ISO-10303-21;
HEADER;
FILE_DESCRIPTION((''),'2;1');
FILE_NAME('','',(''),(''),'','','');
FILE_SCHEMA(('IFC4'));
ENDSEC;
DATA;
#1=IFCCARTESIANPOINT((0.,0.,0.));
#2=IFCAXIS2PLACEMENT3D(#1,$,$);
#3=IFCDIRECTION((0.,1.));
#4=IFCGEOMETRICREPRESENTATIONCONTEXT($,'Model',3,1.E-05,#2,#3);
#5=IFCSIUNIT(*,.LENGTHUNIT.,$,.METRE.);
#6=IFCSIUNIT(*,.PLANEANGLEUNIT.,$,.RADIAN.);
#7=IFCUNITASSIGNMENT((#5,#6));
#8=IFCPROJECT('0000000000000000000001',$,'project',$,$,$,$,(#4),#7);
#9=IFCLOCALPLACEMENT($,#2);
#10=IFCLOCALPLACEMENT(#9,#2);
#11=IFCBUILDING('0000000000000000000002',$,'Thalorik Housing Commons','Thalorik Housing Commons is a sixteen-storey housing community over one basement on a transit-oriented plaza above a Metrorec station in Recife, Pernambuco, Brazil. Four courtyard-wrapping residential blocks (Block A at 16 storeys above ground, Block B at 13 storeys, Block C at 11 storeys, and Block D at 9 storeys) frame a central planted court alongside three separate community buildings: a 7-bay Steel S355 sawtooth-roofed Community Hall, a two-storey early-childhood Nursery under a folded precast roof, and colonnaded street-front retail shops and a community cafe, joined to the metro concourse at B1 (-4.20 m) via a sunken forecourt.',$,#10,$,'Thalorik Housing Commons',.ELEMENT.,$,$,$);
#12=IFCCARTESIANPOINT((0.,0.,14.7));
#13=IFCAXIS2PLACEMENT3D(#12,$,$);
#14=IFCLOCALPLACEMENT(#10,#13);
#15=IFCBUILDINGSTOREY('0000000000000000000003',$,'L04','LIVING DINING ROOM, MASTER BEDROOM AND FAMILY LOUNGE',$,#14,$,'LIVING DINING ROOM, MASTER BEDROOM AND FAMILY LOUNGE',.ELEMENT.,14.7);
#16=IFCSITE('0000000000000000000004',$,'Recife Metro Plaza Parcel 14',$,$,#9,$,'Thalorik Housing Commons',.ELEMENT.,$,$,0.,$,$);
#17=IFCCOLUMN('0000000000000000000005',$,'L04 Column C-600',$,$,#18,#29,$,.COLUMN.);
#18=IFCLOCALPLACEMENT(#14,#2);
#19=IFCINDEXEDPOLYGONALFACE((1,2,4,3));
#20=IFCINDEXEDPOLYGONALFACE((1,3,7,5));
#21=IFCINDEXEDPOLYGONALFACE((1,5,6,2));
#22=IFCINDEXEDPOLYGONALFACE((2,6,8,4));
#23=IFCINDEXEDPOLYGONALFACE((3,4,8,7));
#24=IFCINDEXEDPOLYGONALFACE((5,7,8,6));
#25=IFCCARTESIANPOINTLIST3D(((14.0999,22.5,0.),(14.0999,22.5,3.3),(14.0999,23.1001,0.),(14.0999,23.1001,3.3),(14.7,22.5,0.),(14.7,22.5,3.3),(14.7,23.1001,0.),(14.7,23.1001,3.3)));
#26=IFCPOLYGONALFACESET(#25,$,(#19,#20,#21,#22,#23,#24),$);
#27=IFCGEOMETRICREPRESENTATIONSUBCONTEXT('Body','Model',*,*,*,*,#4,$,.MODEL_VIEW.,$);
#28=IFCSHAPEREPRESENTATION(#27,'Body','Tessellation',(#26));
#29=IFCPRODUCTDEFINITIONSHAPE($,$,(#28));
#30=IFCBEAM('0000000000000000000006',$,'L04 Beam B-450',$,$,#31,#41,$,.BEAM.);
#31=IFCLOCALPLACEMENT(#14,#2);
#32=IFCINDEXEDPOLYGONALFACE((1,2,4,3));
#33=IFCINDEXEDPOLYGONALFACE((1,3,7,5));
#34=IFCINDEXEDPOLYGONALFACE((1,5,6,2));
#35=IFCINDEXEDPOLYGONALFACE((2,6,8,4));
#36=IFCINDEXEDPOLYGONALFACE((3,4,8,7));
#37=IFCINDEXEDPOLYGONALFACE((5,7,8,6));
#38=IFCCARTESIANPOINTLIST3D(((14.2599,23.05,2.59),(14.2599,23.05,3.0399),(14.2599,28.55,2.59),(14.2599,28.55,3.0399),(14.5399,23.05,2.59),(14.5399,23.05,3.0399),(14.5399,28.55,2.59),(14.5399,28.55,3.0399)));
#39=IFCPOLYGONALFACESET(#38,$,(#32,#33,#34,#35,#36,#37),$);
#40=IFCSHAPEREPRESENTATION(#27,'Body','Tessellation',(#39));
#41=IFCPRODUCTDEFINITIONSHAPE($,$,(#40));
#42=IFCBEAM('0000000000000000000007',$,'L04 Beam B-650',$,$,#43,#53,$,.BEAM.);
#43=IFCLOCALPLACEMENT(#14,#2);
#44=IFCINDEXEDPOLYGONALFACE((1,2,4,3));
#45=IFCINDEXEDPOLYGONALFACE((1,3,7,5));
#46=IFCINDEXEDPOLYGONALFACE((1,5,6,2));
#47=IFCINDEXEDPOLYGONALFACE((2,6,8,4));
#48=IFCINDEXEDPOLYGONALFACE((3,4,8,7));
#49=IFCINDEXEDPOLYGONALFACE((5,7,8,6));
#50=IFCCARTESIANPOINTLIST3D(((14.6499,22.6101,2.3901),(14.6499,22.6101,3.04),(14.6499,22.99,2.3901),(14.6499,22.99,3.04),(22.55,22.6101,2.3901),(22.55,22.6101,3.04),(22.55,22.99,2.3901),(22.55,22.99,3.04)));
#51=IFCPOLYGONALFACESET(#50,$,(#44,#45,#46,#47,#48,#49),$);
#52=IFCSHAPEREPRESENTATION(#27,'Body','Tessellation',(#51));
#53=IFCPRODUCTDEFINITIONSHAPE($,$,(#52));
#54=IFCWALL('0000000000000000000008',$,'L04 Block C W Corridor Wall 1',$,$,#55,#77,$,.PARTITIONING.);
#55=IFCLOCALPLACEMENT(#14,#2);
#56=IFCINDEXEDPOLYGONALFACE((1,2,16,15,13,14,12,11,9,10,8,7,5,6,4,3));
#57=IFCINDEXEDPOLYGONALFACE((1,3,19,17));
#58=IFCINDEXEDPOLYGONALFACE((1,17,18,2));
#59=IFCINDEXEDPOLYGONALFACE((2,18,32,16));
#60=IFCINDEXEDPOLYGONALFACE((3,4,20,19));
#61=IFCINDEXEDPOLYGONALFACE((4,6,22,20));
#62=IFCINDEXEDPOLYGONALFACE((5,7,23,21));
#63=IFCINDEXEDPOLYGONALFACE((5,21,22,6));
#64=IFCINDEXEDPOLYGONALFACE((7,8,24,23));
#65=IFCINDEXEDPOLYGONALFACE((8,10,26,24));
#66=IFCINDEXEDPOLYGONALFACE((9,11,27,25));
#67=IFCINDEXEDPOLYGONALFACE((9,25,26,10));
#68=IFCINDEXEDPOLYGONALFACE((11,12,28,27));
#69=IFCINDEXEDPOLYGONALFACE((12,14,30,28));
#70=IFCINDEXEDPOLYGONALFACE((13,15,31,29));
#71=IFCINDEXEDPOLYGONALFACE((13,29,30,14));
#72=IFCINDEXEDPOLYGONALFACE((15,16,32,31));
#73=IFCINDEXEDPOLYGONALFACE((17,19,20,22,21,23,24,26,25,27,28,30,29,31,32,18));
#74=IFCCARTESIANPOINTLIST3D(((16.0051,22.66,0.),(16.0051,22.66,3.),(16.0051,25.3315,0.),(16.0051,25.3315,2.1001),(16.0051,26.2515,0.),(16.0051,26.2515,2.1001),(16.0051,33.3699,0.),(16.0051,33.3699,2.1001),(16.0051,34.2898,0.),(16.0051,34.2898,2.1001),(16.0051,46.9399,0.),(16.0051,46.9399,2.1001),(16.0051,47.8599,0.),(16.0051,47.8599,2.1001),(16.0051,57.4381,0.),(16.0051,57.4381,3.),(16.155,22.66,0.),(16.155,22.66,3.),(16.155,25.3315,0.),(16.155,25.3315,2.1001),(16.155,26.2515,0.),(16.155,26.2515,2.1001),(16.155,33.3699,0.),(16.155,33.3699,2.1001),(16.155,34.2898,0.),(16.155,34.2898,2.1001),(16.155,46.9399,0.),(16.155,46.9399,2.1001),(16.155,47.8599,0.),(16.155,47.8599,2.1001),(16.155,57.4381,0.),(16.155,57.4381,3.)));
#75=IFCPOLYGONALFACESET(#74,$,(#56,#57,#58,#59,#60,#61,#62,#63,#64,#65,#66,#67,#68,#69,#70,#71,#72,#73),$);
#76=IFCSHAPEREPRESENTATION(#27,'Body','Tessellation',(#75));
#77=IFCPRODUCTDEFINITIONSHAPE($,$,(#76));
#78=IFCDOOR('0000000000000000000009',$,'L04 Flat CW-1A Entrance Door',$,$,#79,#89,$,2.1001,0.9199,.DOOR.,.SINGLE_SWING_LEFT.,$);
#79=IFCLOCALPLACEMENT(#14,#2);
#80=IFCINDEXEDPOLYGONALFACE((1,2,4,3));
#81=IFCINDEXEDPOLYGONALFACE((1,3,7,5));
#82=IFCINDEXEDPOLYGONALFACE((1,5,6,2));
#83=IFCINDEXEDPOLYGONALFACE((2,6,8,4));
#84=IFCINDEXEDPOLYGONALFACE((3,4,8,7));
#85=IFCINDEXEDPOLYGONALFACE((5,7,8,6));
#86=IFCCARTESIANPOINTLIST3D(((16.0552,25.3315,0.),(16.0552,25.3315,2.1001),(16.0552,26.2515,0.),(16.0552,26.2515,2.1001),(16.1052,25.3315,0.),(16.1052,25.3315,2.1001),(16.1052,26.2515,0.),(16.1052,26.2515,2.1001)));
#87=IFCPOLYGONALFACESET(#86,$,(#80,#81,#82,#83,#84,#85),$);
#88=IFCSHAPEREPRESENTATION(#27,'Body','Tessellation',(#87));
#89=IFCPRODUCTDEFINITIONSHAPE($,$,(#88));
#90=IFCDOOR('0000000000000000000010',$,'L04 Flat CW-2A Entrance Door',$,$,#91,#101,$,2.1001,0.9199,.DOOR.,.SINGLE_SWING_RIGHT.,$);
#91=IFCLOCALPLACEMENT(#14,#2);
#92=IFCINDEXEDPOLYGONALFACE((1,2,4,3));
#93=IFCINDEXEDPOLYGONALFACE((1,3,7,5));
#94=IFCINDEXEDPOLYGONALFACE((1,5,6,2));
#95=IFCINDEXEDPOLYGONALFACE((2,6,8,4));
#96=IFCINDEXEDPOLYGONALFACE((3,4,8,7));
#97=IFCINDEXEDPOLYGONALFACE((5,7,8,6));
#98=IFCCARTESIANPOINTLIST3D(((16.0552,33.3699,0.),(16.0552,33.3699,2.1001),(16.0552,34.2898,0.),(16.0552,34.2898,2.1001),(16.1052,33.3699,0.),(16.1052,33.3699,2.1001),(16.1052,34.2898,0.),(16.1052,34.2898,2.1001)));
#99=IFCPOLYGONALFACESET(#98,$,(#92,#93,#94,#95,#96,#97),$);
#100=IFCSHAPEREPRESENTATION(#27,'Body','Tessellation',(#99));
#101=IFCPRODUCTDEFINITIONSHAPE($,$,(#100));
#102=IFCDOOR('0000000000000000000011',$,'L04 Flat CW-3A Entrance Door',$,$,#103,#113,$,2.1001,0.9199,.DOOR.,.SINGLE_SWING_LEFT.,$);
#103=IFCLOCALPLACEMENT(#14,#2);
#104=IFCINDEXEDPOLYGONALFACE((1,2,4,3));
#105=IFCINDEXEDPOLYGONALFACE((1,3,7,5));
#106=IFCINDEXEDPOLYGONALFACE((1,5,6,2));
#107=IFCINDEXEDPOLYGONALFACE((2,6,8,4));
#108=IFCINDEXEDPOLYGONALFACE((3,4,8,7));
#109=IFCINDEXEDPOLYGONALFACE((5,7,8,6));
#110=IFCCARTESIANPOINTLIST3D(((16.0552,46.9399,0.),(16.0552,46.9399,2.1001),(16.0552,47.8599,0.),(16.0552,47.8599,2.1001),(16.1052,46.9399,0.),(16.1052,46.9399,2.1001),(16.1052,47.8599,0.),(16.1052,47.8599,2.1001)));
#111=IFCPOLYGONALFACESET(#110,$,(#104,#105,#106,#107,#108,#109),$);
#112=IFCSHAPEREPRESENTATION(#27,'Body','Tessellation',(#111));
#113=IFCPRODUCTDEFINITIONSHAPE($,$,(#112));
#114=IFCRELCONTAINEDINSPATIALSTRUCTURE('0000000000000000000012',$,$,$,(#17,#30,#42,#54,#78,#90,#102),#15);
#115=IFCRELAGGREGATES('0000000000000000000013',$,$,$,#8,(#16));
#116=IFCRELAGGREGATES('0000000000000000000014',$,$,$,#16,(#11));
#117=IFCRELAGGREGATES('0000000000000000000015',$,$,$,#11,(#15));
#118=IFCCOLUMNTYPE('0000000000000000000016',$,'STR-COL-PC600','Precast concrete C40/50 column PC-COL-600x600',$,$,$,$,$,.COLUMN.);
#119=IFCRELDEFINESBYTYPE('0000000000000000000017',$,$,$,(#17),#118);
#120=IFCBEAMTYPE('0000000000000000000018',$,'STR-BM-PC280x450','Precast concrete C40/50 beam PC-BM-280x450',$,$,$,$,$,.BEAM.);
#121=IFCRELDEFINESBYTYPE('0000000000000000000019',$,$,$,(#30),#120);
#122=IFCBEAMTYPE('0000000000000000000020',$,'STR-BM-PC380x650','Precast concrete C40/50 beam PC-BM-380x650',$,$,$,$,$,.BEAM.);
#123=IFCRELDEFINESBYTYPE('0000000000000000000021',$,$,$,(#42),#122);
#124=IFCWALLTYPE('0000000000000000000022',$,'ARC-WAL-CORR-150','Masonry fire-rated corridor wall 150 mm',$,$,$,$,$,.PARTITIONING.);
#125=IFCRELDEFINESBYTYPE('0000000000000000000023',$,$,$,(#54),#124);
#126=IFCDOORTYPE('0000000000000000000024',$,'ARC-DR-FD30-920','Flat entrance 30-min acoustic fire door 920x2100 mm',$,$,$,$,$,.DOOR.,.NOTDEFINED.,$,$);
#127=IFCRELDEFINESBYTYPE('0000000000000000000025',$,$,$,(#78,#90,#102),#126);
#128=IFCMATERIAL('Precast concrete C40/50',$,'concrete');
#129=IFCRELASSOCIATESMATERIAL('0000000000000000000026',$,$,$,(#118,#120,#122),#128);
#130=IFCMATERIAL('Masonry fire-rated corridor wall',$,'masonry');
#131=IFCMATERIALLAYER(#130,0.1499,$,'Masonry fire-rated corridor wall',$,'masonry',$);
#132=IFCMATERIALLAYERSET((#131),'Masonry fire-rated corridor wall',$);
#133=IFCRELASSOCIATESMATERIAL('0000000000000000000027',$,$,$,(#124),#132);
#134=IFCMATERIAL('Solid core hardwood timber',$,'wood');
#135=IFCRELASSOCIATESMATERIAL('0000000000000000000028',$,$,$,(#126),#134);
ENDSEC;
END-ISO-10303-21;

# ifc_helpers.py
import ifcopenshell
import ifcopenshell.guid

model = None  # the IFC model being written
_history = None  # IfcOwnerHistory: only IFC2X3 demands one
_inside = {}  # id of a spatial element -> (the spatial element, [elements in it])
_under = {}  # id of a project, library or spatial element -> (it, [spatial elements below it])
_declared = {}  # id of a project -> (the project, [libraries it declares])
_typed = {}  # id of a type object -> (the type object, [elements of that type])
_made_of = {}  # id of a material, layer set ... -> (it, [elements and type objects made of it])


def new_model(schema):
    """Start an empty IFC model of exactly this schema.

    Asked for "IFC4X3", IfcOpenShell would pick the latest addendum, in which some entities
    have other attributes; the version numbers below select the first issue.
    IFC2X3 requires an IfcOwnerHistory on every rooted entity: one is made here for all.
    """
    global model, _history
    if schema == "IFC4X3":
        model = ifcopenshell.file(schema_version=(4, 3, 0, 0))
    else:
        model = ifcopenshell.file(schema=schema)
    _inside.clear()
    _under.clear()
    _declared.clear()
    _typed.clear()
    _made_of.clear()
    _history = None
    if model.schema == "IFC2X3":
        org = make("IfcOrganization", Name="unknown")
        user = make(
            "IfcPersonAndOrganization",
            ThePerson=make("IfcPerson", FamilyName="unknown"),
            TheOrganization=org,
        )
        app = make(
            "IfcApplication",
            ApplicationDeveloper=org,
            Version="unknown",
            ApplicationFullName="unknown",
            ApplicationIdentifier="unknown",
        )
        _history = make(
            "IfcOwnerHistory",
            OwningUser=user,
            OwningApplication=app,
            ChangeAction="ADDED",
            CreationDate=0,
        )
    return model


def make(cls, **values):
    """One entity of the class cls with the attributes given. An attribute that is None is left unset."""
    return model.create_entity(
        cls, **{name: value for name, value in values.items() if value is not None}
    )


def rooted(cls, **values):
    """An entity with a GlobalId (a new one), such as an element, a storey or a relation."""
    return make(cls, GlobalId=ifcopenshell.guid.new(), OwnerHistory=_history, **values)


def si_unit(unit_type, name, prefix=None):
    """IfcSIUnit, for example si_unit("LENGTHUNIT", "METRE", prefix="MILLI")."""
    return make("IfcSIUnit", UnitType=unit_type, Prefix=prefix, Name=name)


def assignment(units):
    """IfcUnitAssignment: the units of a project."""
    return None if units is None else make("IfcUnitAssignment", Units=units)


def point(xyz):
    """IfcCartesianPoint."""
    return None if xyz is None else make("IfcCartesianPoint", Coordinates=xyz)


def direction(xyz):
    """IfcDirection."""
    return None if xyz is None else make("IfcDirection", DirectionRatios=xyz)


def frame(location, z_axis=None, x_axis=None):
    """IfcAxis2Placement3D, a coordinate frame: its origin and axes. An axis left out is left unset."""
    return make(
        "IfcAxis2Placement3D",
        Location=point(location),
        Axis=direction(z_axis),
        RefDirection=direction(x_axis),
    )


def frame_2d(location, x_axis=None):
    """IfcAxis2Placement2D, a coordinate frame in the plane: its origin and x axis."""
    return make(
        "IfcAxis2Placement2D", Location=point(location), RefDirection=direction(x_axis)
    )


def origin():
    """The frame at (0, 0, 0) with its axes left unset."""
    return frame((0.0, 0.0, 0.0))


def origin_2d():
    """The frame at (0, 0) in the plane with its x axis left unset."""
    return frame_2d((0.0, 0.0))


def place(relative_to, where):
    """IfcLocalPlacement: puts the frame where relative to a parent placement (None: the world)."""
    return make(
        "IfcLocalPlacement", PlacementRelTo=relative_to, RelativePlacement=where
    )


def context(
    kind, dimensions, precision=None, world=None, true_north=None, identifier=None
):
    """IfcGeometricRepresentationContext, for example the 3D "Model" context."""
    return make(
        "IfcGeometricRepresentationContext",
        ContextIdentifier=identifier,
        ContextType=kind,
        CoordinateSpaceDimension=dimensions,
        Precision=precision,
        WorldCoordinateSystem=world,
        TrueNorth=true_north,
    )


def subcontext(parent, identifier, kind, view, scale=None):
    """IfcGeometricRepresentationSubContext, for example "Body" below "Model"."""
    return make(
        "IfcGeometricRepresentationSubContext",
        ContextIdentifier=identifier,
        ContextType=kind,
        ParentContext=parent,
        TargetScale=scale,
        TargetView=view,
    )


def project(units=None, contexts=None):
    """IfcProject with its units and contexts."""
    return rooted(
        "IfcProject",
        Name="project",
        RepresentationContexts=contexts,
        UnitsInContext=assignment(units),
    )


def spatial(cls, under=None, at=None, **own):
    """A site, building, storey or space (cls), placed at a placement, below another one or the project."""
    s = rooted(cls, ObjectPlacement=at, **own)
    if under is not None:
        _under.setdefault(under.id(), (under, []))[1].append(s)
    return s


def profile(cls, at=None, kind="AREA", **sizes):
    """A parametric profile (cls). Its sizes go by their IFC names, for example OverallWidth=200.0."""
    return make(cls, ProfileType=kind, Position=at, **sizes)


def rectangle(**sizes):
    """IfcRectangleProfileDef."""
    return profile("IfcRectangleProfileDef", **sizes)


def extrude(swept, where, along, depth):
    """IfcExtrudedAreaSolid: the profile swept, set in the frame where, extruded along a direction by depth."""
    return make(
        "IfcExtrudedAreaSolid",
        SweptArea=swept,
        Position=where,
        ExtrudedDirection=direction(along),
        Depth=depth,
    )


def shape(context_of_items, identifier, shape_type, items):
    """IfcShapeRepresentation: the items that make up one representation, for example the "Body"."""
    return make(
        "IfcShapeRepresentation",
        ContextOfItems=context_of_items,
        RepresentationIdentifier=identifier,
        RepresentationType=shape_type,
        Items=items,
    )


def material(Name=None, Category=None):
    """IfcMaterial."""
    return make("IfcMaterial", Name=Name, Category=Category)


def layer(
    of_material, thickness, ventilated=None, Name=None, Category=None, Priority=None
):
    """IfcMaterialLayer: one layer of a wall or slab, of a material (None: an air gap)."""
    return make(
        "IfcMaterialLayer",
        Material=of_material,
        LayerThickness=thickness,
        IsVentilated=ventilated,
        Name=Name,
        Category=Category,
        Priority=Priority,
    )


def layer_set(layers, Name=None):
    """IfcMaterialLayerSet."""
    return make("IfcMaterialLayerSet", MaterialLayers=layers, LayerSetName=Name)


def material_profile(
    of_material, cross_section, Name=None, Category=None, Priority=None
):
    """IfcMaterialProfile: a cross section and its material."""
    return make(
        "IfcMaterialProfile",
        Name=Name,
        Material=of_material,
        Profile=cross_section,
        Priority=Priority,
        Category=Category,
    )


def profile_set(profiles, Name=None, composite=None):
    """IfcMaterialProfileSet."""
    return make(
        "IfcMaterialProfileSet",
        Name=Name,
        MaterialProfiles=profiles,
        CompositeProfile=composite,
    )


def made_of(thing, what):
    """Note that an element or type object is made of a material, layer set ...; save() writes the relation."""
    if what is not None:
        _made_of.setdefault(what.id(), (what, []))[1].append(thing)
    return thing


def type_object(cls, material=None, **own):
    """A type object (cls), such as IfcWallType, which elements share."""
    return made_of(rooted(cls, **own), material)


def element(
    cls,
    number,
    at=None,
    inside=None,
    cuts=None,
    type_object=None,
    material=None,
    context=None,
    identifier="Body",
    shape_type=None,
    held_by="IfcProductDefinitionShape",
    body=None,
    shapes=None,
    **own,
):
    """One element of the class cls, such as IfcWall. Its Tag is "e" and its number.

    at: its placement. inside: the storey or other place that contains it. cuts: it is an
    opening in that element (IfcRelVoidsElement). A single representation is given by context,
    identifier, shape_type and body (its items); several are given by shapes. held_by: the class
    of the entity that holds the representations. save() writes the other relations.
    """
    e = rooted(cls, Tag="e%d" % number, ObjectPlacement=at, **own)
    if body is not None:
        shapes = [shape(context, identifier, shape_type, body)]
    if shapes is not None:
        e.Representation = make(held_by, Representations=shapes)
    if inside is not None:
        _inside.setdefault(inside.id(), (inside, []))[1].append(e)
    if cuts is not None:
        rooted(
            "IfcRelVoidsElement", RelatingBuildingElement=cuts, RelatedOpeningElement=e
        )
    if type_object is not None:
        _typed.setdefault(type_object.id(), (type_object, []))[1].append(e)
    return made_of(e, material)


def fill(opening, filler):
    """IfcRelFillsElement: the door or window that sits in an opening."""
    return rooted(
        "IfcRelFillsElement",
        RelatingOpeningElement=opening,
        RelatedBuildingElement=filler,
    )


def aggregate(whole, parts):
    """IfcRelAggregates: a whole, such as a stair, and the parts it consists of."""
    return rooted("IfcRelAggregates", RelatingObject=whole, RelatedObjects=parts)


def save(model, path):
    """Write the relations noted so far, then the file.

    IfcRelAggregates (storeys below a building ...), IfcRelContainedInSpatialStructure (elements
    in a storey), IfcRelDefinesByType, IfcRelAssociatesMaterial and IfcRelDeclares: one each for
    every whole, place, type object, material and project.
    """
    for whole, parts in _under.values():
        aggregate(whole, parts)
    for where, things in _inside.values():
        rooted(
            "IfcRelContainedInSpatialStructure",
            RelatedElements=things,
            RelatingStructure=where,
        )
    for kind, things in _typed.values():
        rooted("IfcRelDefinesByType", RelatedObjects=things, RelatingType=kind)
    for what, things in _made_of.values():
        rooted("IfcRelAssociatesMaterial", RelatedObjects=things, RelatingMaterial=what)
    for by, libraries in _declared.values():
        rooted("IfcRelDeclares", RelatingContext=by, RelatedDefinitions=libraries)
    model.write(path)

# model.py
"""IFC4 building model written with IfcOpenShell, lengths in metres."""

from ifc_helpers import new_model, si_unit, direction, frame, frame_2d, origin, origin_2d, place, context, subcontext, project, spatial, rectangle, extrude, material, layer, layer_set, material_profile, profile_set, type_object, element, fill, save


model = new_model("IFC4")

# Units and contexts
model_context = context("Model", 3, precision=1e-05, world=origin(), true_north=direction((0.0, 1.0)))
body_context = subcontext(model_context, "Body", "Model", "MODEL_VIEW")
ifc_project = project(units=[si_unit("LENGTHUNIT", "METRE"), si_unit("PLANEANGLEUNIT", "RADIAN")], contexts=[model_context])

# Site, building, storey
site_placement = place(None, origin())
site = spatial("IfcSite", under=ifc_project, at=site_placement, Name="Recife Metro Plaza Parcel 14", LongName="Thalorik Housing Commons", CompositionType="ELEMENT", RefElevation=0.0)
building_placement = place(site_placement, origin())
building = spatial("IfcBuilding", under=site, at=building_placement, Name="Thalorik Housing Commons", Description="Thalorik Housing Commons is a sixteen-storey housing community over one basement on a transit-oriented plaza above a Metrorec station in Recife, Pernambuco, Brazil. Four courtyard-wrapping residential blocks (Block A at 16 storeys above ground, Block B at 13 storeys, Block C at 11 storeys, and Block D at 9 storeys) frame a central planted court alongside three separate community buildings: a 7-bay Steel S355 sawtooth-roofed Community Hall, a two-storey early-childhood Nursery under a folded precast roof, and colonnaded street-front retail shops and a community cafe, joined to the metro concourse at B1 (-4.20 m) via a sunken forecourt.", LongName="Thalorik Housing Commons", CompositionType="ELEMENT")
storey_placement = place(building_placement, frame((0.0, 0.0, 14.7)))
storey = spatial("IfcBuildingStorey", under=building, at=storey_placement, Name="L04", Description="LIVING DINING ROOM, MASTER BEDROOM AND FAMILY LOUNGE", LongName="LIVING DINING ROOM, MASTER BEDROOM AND FAMILY LOUNGE", CompositionType="ELEMENT", Elevation=14.7)

# Column
ifc_material_1 = material(Name="Precast concrete C40/50", Category="concrete")
ifc_material_profile_1 = material_profile(ifc_material_1, rectangle(XDim=0.6001, YDim=0.6001, at=origin_2d()), Name="PC 600x600", Category="concrete")
ifc_profile_set_1 = profile_set([ifc_material_profile_1], Name="Precast concrete C40/50")
column_type = type_object("IfcColumnType", Name="STR-COL-PC600", Description="Precast concrete C40/50 column PC-COL-600x600", PredefinedType="COLUMN", material=ifc_profile_set_1)
column_placement = place(storey_placement, frame((14.3999, 22.8, 0.0), z_axis=(0.0, 0.0, 1.0), x_axis=(1.0, 0.0, 0.0)))
element("IfcColumn", 1, at=column_placement, inside=storey, type_object=column_type, Name="L04 Column C-600", PredefinedType="COLUMN", context=body_context, shape_type="SweptSolid", body=[
    extrude(rectangle(XDim=0.6001, YDim=0.6001, at=origin_2d()), origin(), (0.0, 0.0, 1.0), 3.3),
])

# Beams
ifc_material_profile_2 = material_profile(ifc_material_1, rectangle(XDim=0.28, YDim=0.45, at=origin_2d()), Name="PC 280x450", Category="concrete")
ifc_profile_set_2 = profile_set([ifc_material_profile_2], Name="Precast concrete C40/50")
beam_type_1 = type_object("IfcBeamType", Name="STR-BM-PC280x450", Description="Precast concrete C40/50 beam PC-BM-280x450", PredefinedType="BEAM", material=ifc_profile_set_2)
beam_1_placement = place(storey_placement, frame((14.3999, 23.05, 2.8149), z_axis=(0.0, 1.0, 0.0), x_axis=(-1.0, 0.0, 0.0)))
element("IfcBeam", 2, at=beam_1_placement, inside=storey, type_object=beam_type_1, Name="L04 Beam B-450", PredefinedType="BEAM", context=body_context, shape_type="SweptSolid", body=[
    extrude(rectangle(XDim=0.28, YDim=0.45, at=origin_2d()), origin(), (0.0, 0.0, 1.0), 5.5),
])
ifc_material_profile_3 = material_profile(ifc_material_1, rectangle(XDim=0.3799, YDim=0.6499, at=origin_2d()), Name="PC 380x650", Category="concrete")
ifc_profile_set_3 = profile_set([ifc_material_profile_3], Name="Precast concrete C40/50")
beam_type_2 = type_object("IfcBeamType", Name="STR-BM-PC380x650", Description="Precast concrete C40/50 beam PC-BM-380x650", PredefinedType="BEAM", material=ifc_profile_set_3)
beam_2_placement = place(storey_placement, frame((14.6499, 22.8, 2.7151), z_axis=(1.0, 0.0, 0.0), x_axis=(0.0, 1.0, 0.0)))
element("IfcBeam", 3, at=beam_2_placement, inside=storey, type_object=beam_type_2, Name="L04 Beam B-650", PredefinedType="BEAM", context=body_context, shape_type="SweptSolid", body=[
    extrude(rectangle(XDim=0.3799, YDim=0.6499, at=origin_2d()), origin(), (0.0, 0.0, 1.0), 7.9001),
])

# Wall, openings, doors
ifc_material_2 = material(Name="Masonry fire-rated corridor wall", Category="masonry")
ifc_layer_1 = layer(ifc_material_2, 0.1499, Name="Masonry fire-rated corridor wall", Category="masonry")
ifc_layer_set_1 = layer_set([ifc_layer_1], Name="Masonry fire-rated corridor wall")
wall_type_1 = type_object("IfcWallType", Name="ARC-WAL-CORR-150", Description="Masonry fire-rated corridor wall 150 mm", PredefinedType="PARTITIONING", material=ifc_layer_set_1)
wall_1_placement = place(storey_placement, frame((16.0801, 22.6599, 0.0), z_axis=(0.0, 0.0, 1.0), x_axis=(0.0, 1.0, 0.0)))
wall_1 = element("IfcWall", 4, at=wall_1_placement, inside=storey, type_object=wall_type_1, Name="L04 Block C W Corridor Wall 1", PredefinedType="PARTITIONING", context=body_context, shape_type="SweptSolid", body=[
    extrude(rectangle(XDim=34.7781, YDim=0.1499, at=frame_2d((17.3892, 0.0))), origin(), (0.0, 0.0, 1.0), 3.0),
])
opening_1_placement = place(wall_1_placement, frame((2.6716, 0.0, 0.0)))
opening_1 = element("IfcOpeningElement", 5, at=opening_1_placement, cuts=wall_1, PredefinedType="OPENING", context=body_context, shape_type="SweptSolid", body=[
    extrude(rectangle(XDim=0.9199, YDim=2.1001, at=frame_2d((0.46, 1.05))), frame((0.0, 0.085, 0.0), z_axis=(0.0, -1.0, 0.0), x_axis=(1.0, 0.0, 0.0)), (0.0, 0.0, 1.0), 0.1699),
])
opening_2_placement = place(wall_1_placement, frame((10.71, 0.0, 0.0)))
opening_2 = element("IfcOpeningElement", 6, at=opening_2_placement, cuts=wall_1, PredefinedType="OPENING", context=body_context, shape_type="SweptSolid", body=[
    extrude(rectangle(XDim=0.9199, YDim=2.1001, at=frame_2d((0.46, 1.05))), frame((0.0, 0.085, 0.0), z_axis=(0.0, -1.0, 0.0), x_axis=(1.0, 0.0, 0.0)), (0.0, 0.0, 1.0), 0.1699),
])
opening_3_placement = place(wall_1_placement, frame((24.28, 0.0, 0.0)))
opening_3 = element("IfcOpeningElement", 7, at=opening_3_placement, cuts=wall_1, PredefinedType="OPENING", context=body_context, shape_type="SweptSolid", body=[
    extrude(rectangle(XDim=0.9199, YDim=2.1001, at=frame_2d((0.46, 1.05))), frame((0.0, 0.085, 0.0), z_axis=(0.0, -1.0, 0.0), x_axis=(1.0, 0.0, 0.0)), (0.0, 0.0, 1.0), 0.1699),
])
ifc_material_3 = material(Name="Solid core hardwood timber", Category="wood")
door_type_1 = type_object("IfcDoorType", Name="ARC-DR-FD30-920", Description="Flat entrance 30-min acoustic fire door 920x2100 mm", OperationType="NOTDEFINED", PredefinedType="DOOR", material=ifc_material_3)
door_1_placement = place(opening_1_placement, origin())
door_1 = element("IfcDoor", 8, at=door_1_placement, inside=storey, type_object=door_type_1, Name="L04 Flat CW-1A Entrance Door", OperationType="SINGLE_SWING_LEFT", OverallHeight=2.1001, OverallWidth=0.9199, PredefinedType="DOOR", context=body_context, shape_type="SweptSolid", body=[
    extrude(rectangle(XDim=0.9199, YDim=2.1001, at=frame_2d((0.46, 1.05))), frame((0.0, 0.0249, 0.0), z_axis=(0.0, -1.0, 0.0), x_axis=(1.0, 0.0, 0.0)), (0.0, 0.0, 1.0), 0.05),
])
fill(opening_1, door_1)
door_2_placement = place(opening_2_placement, origin())
door_2 = element("IfcDoor", 9, at=door_2_placement, inside=storey, type_object=door_type_1, Name="L04 Flat CW-2A Entrance Door", OperationType="SINGLE_SWING_RIGHT", OverallHeight=2.1001, OverallWidth=0.9199, PredefinedType="DOOR", context=body_context, shape_type="SweptSolid", body=[
    extrude(rectangle(XDim=0.9199, YDim=2.1001, at=frame_2d((0.46, 1.05))), frame((0.0, 0.0249, 0.0), z_axis=(0.0, -1.0, 0.0), x_axis=(1.0, 0.0, 0.0)), (0.0, 0.0, 1.0), 0.05),
])
fill(opening_2, door_2)
door_3_placement = place(opening_3_placement, origin())
door_3 = element("IfcDoor", 10, at=door_3_placement, inside=storey, type_object=door_type_1, Name="L04 Flat CW-3A Entrance Door", OperationType="SINGLE_SWING_LEFT", OverallHeight=2.1001, OverallWidth=0.9199, PredefinedType="DOOR", context=body_context, shape_type="SweptSolid", body=[
    extrude(rectangle(XDim=0.9199, YDim=2.1001, at=frame_2d((0.46, 1.05))), frame((0.0, 0.0249, 0.0), z_axis=(0.0, -1.0, 0.0), x_axis=(1.0, 0.0, 0.0)), (0.0, 0.0, 1.0), 0.05),
])
fill(opening_3, door_3)

save(model, "model.ifc")
